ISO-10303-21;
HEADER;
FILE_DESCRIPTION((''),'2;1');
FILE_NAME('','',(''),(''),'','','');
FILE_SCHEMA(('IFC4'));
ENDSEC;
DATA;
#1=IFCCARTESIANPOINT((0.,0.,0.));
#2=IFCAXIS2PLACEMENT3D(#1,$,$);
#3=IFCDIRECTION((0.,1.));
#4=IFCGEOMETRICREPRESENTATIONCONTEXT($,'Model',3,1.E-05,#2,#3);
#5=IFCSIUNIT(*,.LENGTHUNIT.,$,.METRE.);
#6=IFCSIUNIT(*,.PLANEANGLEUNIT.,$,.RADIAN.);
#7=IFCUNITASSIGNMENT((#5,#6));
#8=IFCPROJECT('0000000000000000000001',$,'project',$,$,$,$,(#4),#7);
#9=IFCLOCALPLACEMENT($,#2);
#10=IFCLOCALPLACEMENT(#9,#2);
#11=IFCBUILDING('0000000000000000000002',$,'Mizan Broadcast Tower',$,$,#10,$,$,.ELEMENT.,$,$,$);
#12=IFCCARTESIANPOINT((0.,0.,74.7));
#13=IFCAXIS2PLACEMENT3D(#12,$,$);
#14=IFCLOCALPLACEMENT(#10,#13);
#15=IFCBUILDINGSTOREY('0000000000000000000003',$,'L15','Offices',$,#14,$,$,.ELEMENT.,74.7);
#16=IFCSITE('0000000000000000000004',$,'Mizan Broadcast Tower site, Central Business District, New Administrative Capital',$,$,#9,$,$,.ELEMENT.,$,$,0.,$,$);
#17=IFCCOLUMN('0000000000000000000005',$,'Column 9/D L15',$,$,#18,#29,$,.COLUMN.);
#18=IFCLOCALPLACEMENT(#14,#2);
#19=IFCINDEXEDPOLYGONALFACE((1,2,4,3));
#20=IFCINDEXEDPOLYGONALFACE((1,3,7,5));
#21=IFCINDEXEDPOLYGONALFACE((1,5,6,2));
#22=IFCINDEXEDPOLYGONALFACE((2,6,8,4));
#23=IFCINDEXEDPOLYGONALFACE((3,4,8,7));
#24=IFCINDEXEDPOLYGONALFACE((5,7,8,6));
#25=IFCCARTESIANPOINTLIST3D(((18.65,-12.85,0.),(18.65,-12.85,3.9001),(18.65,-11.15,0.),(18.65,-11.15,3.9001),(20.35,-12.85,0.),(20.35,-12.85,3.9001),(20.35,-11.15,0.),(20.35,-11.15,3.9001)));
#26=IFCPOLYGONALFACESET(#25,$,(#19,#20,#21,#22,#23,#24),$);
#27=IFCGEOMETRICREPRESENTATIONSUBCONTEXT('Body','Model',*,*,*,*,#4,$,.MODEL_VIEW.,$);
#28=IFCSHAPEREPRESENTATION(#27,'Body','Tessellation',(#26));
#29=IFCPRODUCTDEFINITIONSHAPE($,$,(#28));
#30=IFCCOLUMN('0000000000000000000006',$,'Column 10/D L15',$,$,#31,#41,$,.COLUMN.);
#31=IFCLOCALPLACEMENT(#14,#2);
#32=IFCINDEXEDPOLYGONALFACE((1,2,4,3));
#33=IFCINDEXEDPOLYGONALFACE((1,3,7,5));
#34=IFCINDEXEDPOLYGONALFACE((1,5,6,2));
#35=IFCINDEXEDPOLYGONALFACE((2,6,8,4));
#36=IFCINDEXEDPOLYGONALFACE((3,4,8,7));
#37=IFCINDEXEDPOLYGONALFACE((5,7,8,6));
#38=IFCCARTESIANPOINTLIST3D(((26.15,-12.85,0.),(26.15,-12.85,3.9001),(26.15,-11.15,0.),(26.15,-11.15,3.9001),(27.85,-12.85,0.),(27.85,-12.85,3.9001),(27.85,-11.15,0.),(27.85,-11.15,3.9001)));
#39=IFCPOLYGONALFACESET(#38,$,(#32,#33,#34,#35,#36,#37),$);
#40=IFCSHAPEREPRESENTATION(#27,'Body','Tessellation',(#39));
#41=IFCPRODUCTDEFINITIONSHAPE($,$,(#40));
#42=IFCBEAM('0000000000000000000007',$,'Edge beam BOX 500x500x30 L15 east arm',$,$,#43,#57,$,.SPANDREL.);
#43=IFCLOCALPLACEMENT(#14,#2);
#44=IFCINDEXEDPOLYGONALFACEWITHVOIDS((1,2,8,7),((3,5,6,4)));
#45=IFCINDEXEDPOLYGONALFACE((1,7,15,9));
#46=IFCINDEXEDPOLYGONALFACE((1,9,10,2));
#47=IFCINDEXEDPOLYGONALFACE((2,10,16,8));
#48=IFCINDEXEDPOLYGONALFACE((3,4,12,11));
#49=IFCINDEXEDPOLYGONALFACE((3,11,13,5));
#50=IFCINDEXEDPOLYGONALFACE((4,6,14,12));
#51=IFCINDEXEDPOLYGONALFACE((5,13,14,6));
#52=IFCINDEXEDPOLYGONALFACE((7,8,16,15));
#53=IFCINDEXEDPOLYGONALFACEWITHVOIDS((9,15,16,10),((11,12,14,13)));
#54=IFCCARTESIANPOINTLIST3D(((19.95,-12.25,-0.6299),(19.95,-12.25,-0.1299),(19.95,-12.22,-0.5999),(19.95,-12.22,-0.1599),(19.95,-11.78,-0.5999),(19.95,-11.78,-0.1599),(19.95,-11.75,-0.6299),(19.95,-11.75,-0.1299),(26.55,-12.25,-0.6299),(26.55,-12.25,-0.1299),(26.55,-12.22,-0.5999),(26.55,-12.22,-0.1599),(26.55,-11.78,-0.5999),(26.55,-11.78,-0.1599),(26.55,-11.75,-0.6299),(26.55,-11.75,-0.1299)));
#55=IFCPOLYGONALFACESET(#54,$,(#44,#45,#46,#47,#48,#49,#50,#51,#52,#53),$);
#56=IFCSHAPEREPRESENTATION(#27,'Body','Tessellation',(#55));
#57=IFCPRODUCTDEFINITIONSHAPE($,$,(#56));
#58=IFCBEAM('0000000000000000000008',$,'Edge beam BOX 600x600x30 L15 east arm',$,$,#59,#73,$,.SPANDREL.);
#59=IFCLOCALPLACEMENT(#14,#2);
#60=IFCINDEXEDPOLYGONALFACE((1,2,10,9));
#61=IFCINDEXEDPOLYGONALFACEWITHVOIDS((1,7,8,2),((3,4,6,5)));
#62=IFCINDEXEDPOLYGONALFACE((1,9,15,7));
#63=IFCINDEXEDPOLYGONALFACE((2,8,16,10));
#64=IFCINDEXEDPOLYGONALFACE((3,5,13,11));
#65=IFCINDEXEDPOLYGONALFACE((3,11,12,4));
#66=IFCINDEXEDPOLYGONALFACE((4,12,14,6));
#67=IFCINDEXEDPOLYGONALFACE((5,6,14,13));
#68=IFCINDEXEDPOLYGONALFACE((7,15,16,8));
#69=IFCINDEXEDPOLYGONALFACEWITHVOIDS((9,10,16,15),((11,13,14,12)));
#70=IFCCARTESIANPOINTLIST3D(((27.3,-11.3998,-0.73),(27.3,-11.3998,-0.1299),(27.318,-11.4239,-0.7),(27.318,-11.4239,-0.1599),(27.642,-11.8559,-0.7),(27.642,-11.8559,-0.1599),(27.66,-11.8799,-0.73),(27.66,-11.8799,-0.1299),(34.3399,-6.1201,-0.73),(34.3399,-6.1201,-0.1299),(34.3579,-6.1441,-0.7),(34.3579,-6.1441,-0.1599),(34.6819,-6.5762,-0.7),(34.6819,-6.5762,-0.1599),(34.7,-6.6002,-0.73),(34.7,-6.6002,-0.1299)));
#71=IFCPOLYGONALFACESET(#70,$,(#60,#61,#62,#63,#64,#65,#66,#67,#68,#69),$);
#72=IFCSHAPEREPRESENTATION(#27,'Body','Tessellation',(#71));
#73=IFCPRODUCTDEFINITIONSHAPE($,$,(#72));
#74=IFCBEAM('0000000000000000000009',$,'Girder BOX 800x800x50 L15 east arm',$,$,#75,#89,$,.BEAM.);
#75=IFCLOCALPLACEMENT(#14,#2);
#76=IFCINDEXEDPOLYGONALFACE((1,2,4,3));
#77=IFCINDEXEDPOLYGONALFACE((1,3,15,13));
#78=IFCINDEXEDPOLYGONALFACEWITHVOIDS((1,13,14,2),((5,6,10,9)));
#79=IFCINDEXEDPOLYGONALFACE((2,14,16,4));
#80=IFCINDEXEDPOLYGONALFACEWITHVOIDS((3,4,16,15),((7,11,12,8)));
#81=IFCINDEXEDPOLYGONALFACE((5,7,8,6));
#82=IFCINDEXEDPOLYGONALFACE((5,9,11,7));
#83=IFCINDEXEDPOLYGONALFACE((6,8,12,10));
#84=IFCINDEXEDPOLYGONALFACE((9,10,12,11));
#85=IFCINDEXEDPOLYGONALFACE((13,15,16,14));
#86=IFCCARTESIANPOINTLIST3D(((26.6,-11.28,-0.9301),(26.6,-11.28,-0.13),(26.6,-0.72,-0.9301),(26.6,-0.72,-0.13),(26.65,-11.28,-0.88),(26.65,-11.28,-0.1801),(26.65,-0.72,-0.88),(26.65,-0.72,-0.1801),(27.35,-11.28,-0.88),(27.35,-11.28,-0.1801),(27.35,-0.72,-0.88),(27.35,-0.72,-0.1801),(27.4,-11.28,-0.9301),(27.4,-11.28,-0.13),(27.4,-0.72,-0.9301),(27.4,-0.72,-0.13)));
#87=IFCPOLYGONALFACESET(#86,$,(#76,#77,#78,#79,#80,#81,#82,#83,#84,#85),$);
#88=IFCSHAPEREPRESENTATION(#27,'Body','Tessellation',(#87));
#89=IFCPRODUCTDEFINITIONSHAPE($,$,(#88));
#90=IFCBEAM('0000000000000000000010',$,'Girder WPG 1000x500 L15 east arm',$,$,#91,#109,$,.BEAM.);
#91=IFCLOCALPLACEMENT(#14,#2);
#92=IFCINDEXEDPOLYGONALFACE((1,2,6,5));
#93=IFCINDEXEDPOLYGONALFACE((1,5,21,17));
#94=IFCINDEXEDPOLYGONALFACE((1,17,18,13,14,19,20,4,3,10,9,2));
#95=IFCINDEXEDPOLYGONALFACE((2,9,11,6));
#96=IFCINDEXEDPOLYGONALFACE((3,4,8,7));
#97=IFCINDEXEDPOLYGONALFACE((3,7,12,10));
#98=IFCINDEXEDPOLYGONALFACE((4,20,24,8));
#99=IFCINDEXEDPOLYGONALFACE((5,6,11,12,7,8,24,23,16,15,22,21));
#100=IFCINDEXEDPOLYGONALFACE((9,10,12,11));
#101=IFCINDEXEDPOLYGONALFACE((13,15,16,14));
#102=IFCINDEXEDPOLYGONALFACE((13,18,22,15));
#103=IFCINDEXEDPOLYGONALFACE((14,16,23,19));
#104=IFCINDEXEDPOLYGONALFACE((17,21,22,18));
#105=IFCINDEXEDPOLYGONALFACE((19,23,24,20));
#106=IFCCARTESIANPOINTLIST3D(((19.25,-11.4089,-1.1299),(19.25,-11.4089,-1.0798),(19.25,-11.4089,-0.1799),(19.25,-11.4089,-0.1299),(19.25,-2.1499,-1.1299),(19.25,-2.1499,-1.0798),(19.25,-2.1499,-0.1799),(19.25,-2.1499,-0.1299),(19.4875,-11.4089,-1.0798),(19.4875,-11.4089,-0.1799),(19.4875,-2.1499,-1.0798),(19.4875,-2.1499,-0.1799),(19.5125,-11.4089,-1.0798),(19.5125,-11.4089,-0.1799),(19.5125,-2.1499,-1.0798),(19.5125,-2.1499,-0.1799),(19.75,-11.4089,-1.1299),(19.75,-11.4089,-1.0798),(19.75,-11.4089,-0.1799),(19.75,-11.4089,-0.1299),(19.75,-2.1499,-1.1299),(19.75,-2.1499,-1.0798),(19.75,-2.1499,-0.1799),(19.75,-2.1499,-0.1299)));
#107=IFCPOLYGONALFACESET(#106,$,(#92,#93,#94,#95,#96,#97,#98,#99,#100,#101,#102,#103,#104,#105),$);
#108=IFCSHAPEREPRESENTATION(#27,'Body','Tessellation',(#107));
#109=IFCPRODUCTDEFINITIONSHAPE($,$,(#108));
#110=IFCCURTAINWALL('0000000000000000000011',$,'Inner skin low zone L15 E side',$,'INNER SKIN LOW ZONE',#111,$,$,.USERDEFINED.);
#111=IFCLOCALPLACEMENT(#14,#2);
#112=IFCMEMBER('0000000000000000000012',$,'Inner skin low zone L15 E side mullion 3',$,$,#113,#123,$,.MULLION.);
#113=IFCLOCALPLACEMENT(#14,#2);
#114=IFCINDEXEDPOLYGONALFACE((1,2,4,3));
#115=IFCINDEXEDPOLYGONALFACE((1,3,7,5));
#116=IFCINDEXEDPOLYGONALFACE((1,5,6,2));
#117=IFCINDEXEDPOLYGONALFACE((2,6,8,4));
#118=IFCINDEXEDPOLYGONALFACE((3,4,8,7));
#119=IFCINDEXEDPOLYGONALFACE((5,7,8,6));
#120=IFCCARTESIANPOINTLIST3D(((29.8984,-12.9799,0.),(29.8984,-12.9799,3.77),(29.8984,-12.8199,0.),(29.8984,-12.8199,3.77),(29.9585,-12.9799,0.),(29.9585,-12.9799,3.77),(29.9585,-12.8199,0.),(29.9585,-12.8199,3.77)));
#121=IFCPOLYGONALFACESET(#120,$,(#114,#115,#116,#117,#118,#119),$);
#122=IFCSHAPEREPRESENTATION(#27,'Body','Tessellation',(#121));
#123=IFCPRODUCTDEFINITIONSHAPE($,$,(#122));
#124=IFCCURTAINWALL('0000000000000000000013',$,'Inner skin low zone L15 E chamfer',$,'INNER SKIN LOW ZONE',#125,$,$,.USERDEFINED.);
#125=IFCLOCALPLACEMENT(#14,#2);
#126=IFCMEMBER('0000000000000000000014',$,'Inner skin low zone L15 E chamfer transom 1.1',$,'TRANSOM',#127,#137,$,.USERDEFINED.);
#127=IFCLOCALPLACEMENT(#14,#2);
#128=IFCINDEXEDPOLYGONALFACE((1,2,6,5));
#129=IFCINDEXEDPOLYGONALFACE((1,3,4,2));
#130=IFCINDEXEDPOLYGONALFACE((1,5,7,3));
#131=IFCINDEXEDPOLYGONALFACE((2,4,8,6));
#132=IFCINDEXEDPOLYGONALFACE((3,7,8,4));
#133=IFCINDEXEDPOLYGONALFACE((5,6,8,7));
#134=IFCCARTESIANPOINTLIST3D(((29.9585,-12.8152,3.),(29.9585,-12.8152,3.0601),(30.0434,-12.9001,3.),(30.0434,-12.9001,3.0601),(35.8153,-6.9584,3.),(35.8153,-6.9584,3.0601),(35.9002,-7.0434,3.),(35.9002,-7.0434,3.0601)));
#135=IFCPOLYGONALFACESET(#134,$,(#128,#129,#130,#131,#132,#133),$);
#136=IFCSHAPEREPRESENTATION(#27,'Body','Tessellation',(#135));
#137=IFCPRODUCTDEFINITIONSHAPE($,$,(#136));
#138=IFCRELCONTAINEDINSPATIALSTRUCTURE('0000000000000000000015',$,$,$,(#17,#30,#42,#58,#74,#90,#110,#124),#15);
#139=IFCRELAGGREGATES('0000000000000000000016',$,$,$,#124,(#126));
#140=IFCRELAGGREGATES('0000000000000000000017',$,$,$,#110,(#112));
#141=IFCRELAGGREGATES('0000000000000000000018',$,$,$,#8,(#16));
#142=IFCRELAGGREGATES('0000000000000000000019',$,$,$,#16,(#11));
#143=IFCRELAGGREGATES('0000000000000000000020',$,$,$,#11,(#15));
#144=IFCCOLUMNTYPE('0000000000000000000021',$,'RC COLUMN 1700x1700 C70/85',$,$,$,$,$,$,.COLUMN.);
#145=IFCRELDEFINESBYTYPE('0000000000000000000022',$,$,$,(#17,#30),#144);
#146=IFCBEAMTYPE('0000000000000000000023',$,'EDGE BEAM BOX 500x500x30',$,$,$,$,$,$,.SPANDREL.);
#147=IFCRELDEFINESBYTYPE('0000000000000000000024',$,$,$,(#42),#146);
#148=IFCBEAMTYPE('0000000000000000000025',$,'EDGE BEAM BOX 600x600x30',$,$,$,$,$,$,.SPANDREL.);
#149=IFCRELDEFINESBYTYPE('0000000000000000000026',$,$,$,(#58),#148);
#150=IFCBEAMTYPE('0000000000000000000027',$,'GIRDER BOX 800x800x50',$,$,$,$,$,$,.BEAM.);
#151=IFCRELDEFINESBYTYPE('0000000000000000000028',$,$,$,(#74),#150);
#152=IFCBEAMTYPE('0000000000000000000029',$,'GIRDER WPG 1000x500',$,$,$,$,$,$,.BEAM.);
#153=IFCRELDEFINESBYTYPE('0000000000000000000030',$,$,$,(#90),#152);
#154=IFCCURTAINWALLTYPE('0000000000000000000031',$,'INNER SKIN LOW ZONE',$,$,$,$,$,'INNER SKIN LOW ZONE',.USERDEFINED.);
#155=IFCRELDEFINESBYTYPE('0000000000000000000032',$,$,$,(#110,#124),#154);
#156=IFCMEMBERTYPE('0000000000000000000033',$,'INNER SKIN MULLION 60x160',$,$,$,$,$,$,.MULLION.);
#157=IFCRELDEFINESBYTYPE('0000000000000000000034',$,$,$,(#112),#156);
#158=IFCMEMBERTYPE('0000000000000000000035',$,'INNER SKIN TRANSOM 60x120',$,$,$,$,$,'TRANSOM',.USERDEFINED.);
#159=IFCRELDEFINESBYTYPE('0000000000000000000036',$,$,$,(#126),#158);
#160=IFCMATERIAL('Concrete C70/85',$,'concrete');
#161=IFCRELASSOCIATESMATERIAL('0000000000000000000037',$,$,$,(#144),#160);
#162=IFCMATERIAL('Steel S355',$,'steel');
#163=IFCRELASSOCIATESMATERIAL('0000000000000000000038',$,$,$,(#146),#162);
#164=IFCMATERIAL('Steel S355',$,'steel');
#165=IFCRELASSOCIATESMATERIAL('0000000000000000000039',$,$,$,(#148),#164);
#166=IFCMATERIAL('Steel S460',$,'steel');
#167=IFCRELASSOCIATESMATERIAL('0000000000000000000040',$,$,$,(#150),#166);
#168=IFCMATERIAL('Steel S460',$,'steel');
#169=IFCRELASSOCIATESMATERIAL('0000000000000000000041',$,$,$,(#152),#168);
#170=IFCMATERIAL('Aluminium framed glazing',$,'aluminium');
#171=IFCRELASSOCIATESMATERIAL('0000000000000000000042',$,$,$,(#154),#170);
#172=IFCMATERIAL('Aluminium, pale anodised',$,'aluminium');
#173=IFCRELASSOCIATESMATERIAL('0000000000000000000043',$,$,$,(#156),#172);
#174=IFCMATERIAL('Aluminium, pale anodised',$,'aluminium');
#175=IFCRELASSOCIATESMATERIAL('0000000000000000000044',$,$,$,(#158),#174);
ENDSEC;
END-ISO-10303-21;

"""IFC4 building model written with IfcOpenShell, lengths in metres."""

from ifc_helpers import new_model, si_unit, direction, frame, origin, origin_2d, place, context, subcontext, project, spatial, rectangle, hollow_rectangle, i_section, extrude, material, material_profile, profile_set, type_object, element, aggregate, save


model = new_model("IFC4")

# Units and contexts
model_context = context("Model", 3, precision=1e-05, world=origin(), true_north=direction((0.0, 1.0)))
body_context = subcontext(model_context, "Body", "Model", "MODEL_VIEW")
ifc_project = project(units=[si_unit("LENGTHUNIT", "METRE"), si_unit("PLANEANGLEUNIT", "RADIAN")], contexts=[model_context])

# Site, building, storey
site_placement = place(None, origin())
site = spatial("IfcSite", under=ifc_project, at=site_placement, Name="Mizan Broadcast Tower site, Central Business District, New Administrative Capital", CompositionType="ELEMENT", RefElevation=0.0)
building_placement = place(site_placement, origin())
building = spatial("IfcBuilding", under=site, at=building_placement, Name="Mizan Broadcast Tower", CompositionType="ELEMENT")
storey_placement = place(building_placement, frame((0.0, 0.0, 74.7)))
storey = spatial("IfcBuildingStorey", under=building, at=storey_placement, Name="L15", Description="Offices", CompositionType="ELEMENT", Elevation=74.7)

# Columns
ifc_material_1 = material(Name="Concrete C70/85", Category="concrete")
ifc_material_profile_1 = material_profile(ifc_material_1, rectangle(XDim=1.7, YDim=1.7, at=origin_2d()), Name="RC 1700x1700")
ifc_profile_set_1 = profile_set([ifc_material_profile_1], Name="Concrete C70/85")
column_type = type_object("IfcColumnType", Name="RC COLUMN 1700x1700 C70/85", PredefinedType="COLUMN", material=ifc_profile_set_1)
for number, where, z_axis, x_axis, name in (
    (1, (19.5, -12.0, 0.0), (0.0, 0.0, 1.0), (1.0, 0.0, 0.0), "Column 9/D L15"),
    (2, (27.0, -12.0, 0.0), (0.0, 0.0, 1.0), (1.0, 0.0, 0.0), "Column 10/D L15"),
):
    element("IfcColumn", number, at=place(storey_placement, frame(where, z_axis=z_axis, x_axis=x_axis)), inside=storey, type_object=column_type, Name=name, PredefinedType="COLUMN", context=body_context, shape_type="SweptSolid", body=[
        extrude(rectangle(XDim=1.7, YDim=1.7, at=origin_2d()), origin(), (0.0, 0.0, 1.0), 3.9001),
    ])

# Beams
ifc_material_2 = material(Name="Steel S355", Category="steel")
ifc_material_profile_2 = material_profile(ifc_material_2, hollow_rectangle(XDim=0.5, YDim=0.5, WallThickness=0.03, at=origin_2d()), Name="BOX 500x500x30")
ifc_profile_set_2 = profile_set([ifc_material_profile_2], Name="Steel S355")
beam_type_1 = type_object("IfcBeamType", Name="EDGE BEAM BOX 500x500x30", PredefinedType="SPANDREL", material=ifc_profile_set_2)
beam_1_placement = place(storey_placement, frame((19.95, -12.0, -0.3799), z_axis=(1.0, 0.0, 0.0), x_axis=(0.0, 1.0, 0.0)))
element("IfcBeam", 3, at=beam_1_placement, inside=storey, type_object=beam_type_1, Name="Edge beam BOX 500x500x30 L15 east arm", PredefinedType="SPANDREL", context=body_context, shape_type="SweptSolid", body=[
    extrude(hollow_rectangle(XDim=0.5, YDim=0.5, WallThickness=0.03, at=origin_2d()), origin(), (0.0, 0.0, 1.0), 6.6001),
])
ifc_material_3 = material(Name="Steel S355", Category="steel")
ifc_material_profile_3 = material_profile(ifc_material_3, hollow_rectangle(XDim=0.6001, YDim=0.6001, WallThickness=0.03, at=origin_2d()), Name="BOX 600x600x30")
ifc_profile_set_3 = profile_set([ifc_material_profile_3], Name="Steel S355")
beam_type_2 = type_object("IfcBeamType", Name="EDGE BEAM BOX 600x600x30", PredefinedType="SPANDREL", material=ifc_profile_set_3)
beam_2_placement = place(storey_placement, frame((27.48, -11.6399, -0.4299), z_axis=(0.800013, 0.599982, 0.0), x_axis=(-0.599982, 0.800013, 0.0)))
element("IfcBeam", 4, at=beam_2_placement, inside=storey, type_object=beam_type_2, Name="Edge beam BOX 600x600x30 L15 east arm", PredefinedType="SPANDREL", context=body_context, shape_type="SweptSolid", body=[
    extrude(hollow_rectangle(XDim=0.6001, YDim=0.6001, WallThickness=0.03, at=origin_2d()), origin(), (0.0, 0.0, 1.0), 8.7998),
])
ifc_material_4 = material(Name="Steel S460", Category="steel")
ifc_material_profile_4 = material_profile(ifc_material_4, hollow_rectangle(XDim=0.8, YDim=0.8, WallThickness=0.05, at=origin_2d()), Name="BOX 800x800x50")
ifc_profile_set_4 = profile_set([ifc_material_profile_4], Name="Steel S460")
beam_type_3 = type_object("IfcBeamType", Name="GIRDER BOX 800x800x50", PredefinedType="BEAM", material=ifc_profile_set_4)
beam_3_placement = place(storey_placement, frame((27.0, -11.28, -0.53), z_axis=(0.0, 1.0, 0.0), x_axis=(-1.0, 0.0, 0.0)))
element("IfcBeam", 5, at=beam_3_placement, inside=storey, type_object=beam_type_3, Name="Girder BOX 800x800x50 L15 east arm", PredefinedType="BEAM", context=body_context, shape_type="SweptSolid", body=[
    extrude(hollow_rectangle(XDim=0.8, YDim=0.8, WallThickness=0.05, at=origin_2d()), origin(), (0.0, 0.0, 1.0), 10.5601),
])
ifc_material_5 = material(Name="Steel S460", Category="steel")
ifc_material_profile_5 = material_profile(ifc_material_5, i_section(OverallWidth=0.5, OverallDepth=1.0, WebThickness=0.0249, FlangeThickness=0.05, at=origin_2d()), Name="WPG 1000x500")
ifc_profile_set_5 = profile_set([ifc_material_profile_5], Name="Steel S460")
beam_type_4 = type_object("IfcBeamType", Name="GIRDER WPG 1000x500", PredefinedType="BEAM", material=ifc_profile_set_5)
beam_4_placement = place(storey_placement, frame((19.5, -11.4089, -0.6299), z_axis=(0.0, 1.0, 0.0), x_axis=(-1.0, 0.0, 0.0)))
element("IfcBeam", 6, at=beam_4_placement, inside=storey, type_object=beam_type_4, Name="Girder WPG 1000x500 L15 east arm", PredefinedType="BEAM", context=body_context, shape_type="SweptSolid", body=[
    extrude(i_section(OverallWidth=0.5, OverallDepth=1.0, WebThickness=0.0249, FlangeThickness=0.05, at=origin_2d()), origin(), (0.0, 0.0, 1.0), 9.259),
])

# Curtain walls, members
ifc_material_6 = material(Name="Aluminium framed glazing", Category="aluminium")
curtain_wall_type_1 = type_object("IfcCurtainWallType", Name="INNER SKIN LOW ZONE", ElementType="INNER SKIN LOW ZONE", PredefinedType="USERDEFINED", material=ifc_material_6)
curtain_wall_1_placement = place(storey_placement, origin())
curtain_wall_1 = element("IfcCurtainWall", 7, at=curtain_wall_1_placement, inside=storey, type_object=curtain_wall_type_1, Name="Inner skin low zone L15 E side", ObjectType="INNER SKIN LOW ZONE", PredefinedType="USERDEFINED")
ifc_material_7 = material(Name="Aluminium, pale anodised", Category="aluminium")
ifc_material_profile_6 = material_profile(ifc_material_7, rectangle(XDim=0.1599, YDim=0.0601, at=origin_2d()), Name="MULLION 160x60")
ifc_profile_set_6 = profile_set([ifc_material_profile_6], Name="Aluminium, pale anodised")
member_type_1 = type_object("IfcMemberType", Name="INNER SKIN MULLION 60x160", PredefinedType="MULLION", material=ifc_profile_set_6)
member_1_placement = place(storey_placement, frame((29.9285, -12.8999, 0.0), z_axis=(0.0, 0.0, 1.0), x_axis=(0.0, 1.0, 0.0)))
member_1 = element("IfcMember", 8, at=member_1_placement, type_object=member_type_1, Name="Inner skin low zone L15 E side mullion 3", PredefinedType="MULLION", context=body_context, shape_type="SweptSolid", body=[
    extrude(rectangle(XDim=0.1599, YDim=0.0601, at=origin_2d()), origin(), (0.0, 0.0, 1.0), 3.77),
])
curtain_wall_2_placement = place(storey_placement, origin())
curtain_wall_2 = element("IfcCurtainWall", 9, at=curtain_wall_2_placement, inside=storey, type_object=curtain_wall_type_1, Name="Inner skin low zone L15 E chamfer", ObjectType="INNER SKIN LOW ZONE", PredefinedType="USERDEFINED")
ifc_material_8 = material(Name="Aluminium, pale anodised", Category="aluminium")
ifc_material_profile_7 = material_profile(ifc_material_8, rectangle(XDim=0.1201, YDim=0.0601, at=origin_2d()), Name="TRANSOM 120x60")
ifc_profile_set_7 = profile_set([ifc_material_profile_7], Name="Aluminium, pale anodised")
member_type_2 = type_object("IfcMemberType", Name="INNER SKIN TRANSOM 60x120", ElementType="TRANSOM", PredefinedType="USERDEFINED", material=ifc_profile_set_7)
member_2_placement = place(storey_placement, frame((30.001, -12.8577, 3.03), z_axis=(0.707107, 0.707107, 0.0), x_axis=(-0.707107, 0.707107, 0.0)))
member_2 = element("IfcMember", 10, at=member_2_placement, type_object=member_type_2, Name="Inner skin low zone L15 E chamfer transom 1.1", ObjectType="TRANSOM", PredefinedType="USERDEFINED", context=body_context, shape_type="SweptSolid", body=[
    extrude(rectangle(XDim=0.1201, YDim=0.0601, at=origin_2d()), origin(), (0.0, 0.0, 1.0), 8.2827),
])
aggregate(curtain_wall_2, [member_2])

aggregate(curtain_wall_1, [member_1])

save(model, "model.ifc")
